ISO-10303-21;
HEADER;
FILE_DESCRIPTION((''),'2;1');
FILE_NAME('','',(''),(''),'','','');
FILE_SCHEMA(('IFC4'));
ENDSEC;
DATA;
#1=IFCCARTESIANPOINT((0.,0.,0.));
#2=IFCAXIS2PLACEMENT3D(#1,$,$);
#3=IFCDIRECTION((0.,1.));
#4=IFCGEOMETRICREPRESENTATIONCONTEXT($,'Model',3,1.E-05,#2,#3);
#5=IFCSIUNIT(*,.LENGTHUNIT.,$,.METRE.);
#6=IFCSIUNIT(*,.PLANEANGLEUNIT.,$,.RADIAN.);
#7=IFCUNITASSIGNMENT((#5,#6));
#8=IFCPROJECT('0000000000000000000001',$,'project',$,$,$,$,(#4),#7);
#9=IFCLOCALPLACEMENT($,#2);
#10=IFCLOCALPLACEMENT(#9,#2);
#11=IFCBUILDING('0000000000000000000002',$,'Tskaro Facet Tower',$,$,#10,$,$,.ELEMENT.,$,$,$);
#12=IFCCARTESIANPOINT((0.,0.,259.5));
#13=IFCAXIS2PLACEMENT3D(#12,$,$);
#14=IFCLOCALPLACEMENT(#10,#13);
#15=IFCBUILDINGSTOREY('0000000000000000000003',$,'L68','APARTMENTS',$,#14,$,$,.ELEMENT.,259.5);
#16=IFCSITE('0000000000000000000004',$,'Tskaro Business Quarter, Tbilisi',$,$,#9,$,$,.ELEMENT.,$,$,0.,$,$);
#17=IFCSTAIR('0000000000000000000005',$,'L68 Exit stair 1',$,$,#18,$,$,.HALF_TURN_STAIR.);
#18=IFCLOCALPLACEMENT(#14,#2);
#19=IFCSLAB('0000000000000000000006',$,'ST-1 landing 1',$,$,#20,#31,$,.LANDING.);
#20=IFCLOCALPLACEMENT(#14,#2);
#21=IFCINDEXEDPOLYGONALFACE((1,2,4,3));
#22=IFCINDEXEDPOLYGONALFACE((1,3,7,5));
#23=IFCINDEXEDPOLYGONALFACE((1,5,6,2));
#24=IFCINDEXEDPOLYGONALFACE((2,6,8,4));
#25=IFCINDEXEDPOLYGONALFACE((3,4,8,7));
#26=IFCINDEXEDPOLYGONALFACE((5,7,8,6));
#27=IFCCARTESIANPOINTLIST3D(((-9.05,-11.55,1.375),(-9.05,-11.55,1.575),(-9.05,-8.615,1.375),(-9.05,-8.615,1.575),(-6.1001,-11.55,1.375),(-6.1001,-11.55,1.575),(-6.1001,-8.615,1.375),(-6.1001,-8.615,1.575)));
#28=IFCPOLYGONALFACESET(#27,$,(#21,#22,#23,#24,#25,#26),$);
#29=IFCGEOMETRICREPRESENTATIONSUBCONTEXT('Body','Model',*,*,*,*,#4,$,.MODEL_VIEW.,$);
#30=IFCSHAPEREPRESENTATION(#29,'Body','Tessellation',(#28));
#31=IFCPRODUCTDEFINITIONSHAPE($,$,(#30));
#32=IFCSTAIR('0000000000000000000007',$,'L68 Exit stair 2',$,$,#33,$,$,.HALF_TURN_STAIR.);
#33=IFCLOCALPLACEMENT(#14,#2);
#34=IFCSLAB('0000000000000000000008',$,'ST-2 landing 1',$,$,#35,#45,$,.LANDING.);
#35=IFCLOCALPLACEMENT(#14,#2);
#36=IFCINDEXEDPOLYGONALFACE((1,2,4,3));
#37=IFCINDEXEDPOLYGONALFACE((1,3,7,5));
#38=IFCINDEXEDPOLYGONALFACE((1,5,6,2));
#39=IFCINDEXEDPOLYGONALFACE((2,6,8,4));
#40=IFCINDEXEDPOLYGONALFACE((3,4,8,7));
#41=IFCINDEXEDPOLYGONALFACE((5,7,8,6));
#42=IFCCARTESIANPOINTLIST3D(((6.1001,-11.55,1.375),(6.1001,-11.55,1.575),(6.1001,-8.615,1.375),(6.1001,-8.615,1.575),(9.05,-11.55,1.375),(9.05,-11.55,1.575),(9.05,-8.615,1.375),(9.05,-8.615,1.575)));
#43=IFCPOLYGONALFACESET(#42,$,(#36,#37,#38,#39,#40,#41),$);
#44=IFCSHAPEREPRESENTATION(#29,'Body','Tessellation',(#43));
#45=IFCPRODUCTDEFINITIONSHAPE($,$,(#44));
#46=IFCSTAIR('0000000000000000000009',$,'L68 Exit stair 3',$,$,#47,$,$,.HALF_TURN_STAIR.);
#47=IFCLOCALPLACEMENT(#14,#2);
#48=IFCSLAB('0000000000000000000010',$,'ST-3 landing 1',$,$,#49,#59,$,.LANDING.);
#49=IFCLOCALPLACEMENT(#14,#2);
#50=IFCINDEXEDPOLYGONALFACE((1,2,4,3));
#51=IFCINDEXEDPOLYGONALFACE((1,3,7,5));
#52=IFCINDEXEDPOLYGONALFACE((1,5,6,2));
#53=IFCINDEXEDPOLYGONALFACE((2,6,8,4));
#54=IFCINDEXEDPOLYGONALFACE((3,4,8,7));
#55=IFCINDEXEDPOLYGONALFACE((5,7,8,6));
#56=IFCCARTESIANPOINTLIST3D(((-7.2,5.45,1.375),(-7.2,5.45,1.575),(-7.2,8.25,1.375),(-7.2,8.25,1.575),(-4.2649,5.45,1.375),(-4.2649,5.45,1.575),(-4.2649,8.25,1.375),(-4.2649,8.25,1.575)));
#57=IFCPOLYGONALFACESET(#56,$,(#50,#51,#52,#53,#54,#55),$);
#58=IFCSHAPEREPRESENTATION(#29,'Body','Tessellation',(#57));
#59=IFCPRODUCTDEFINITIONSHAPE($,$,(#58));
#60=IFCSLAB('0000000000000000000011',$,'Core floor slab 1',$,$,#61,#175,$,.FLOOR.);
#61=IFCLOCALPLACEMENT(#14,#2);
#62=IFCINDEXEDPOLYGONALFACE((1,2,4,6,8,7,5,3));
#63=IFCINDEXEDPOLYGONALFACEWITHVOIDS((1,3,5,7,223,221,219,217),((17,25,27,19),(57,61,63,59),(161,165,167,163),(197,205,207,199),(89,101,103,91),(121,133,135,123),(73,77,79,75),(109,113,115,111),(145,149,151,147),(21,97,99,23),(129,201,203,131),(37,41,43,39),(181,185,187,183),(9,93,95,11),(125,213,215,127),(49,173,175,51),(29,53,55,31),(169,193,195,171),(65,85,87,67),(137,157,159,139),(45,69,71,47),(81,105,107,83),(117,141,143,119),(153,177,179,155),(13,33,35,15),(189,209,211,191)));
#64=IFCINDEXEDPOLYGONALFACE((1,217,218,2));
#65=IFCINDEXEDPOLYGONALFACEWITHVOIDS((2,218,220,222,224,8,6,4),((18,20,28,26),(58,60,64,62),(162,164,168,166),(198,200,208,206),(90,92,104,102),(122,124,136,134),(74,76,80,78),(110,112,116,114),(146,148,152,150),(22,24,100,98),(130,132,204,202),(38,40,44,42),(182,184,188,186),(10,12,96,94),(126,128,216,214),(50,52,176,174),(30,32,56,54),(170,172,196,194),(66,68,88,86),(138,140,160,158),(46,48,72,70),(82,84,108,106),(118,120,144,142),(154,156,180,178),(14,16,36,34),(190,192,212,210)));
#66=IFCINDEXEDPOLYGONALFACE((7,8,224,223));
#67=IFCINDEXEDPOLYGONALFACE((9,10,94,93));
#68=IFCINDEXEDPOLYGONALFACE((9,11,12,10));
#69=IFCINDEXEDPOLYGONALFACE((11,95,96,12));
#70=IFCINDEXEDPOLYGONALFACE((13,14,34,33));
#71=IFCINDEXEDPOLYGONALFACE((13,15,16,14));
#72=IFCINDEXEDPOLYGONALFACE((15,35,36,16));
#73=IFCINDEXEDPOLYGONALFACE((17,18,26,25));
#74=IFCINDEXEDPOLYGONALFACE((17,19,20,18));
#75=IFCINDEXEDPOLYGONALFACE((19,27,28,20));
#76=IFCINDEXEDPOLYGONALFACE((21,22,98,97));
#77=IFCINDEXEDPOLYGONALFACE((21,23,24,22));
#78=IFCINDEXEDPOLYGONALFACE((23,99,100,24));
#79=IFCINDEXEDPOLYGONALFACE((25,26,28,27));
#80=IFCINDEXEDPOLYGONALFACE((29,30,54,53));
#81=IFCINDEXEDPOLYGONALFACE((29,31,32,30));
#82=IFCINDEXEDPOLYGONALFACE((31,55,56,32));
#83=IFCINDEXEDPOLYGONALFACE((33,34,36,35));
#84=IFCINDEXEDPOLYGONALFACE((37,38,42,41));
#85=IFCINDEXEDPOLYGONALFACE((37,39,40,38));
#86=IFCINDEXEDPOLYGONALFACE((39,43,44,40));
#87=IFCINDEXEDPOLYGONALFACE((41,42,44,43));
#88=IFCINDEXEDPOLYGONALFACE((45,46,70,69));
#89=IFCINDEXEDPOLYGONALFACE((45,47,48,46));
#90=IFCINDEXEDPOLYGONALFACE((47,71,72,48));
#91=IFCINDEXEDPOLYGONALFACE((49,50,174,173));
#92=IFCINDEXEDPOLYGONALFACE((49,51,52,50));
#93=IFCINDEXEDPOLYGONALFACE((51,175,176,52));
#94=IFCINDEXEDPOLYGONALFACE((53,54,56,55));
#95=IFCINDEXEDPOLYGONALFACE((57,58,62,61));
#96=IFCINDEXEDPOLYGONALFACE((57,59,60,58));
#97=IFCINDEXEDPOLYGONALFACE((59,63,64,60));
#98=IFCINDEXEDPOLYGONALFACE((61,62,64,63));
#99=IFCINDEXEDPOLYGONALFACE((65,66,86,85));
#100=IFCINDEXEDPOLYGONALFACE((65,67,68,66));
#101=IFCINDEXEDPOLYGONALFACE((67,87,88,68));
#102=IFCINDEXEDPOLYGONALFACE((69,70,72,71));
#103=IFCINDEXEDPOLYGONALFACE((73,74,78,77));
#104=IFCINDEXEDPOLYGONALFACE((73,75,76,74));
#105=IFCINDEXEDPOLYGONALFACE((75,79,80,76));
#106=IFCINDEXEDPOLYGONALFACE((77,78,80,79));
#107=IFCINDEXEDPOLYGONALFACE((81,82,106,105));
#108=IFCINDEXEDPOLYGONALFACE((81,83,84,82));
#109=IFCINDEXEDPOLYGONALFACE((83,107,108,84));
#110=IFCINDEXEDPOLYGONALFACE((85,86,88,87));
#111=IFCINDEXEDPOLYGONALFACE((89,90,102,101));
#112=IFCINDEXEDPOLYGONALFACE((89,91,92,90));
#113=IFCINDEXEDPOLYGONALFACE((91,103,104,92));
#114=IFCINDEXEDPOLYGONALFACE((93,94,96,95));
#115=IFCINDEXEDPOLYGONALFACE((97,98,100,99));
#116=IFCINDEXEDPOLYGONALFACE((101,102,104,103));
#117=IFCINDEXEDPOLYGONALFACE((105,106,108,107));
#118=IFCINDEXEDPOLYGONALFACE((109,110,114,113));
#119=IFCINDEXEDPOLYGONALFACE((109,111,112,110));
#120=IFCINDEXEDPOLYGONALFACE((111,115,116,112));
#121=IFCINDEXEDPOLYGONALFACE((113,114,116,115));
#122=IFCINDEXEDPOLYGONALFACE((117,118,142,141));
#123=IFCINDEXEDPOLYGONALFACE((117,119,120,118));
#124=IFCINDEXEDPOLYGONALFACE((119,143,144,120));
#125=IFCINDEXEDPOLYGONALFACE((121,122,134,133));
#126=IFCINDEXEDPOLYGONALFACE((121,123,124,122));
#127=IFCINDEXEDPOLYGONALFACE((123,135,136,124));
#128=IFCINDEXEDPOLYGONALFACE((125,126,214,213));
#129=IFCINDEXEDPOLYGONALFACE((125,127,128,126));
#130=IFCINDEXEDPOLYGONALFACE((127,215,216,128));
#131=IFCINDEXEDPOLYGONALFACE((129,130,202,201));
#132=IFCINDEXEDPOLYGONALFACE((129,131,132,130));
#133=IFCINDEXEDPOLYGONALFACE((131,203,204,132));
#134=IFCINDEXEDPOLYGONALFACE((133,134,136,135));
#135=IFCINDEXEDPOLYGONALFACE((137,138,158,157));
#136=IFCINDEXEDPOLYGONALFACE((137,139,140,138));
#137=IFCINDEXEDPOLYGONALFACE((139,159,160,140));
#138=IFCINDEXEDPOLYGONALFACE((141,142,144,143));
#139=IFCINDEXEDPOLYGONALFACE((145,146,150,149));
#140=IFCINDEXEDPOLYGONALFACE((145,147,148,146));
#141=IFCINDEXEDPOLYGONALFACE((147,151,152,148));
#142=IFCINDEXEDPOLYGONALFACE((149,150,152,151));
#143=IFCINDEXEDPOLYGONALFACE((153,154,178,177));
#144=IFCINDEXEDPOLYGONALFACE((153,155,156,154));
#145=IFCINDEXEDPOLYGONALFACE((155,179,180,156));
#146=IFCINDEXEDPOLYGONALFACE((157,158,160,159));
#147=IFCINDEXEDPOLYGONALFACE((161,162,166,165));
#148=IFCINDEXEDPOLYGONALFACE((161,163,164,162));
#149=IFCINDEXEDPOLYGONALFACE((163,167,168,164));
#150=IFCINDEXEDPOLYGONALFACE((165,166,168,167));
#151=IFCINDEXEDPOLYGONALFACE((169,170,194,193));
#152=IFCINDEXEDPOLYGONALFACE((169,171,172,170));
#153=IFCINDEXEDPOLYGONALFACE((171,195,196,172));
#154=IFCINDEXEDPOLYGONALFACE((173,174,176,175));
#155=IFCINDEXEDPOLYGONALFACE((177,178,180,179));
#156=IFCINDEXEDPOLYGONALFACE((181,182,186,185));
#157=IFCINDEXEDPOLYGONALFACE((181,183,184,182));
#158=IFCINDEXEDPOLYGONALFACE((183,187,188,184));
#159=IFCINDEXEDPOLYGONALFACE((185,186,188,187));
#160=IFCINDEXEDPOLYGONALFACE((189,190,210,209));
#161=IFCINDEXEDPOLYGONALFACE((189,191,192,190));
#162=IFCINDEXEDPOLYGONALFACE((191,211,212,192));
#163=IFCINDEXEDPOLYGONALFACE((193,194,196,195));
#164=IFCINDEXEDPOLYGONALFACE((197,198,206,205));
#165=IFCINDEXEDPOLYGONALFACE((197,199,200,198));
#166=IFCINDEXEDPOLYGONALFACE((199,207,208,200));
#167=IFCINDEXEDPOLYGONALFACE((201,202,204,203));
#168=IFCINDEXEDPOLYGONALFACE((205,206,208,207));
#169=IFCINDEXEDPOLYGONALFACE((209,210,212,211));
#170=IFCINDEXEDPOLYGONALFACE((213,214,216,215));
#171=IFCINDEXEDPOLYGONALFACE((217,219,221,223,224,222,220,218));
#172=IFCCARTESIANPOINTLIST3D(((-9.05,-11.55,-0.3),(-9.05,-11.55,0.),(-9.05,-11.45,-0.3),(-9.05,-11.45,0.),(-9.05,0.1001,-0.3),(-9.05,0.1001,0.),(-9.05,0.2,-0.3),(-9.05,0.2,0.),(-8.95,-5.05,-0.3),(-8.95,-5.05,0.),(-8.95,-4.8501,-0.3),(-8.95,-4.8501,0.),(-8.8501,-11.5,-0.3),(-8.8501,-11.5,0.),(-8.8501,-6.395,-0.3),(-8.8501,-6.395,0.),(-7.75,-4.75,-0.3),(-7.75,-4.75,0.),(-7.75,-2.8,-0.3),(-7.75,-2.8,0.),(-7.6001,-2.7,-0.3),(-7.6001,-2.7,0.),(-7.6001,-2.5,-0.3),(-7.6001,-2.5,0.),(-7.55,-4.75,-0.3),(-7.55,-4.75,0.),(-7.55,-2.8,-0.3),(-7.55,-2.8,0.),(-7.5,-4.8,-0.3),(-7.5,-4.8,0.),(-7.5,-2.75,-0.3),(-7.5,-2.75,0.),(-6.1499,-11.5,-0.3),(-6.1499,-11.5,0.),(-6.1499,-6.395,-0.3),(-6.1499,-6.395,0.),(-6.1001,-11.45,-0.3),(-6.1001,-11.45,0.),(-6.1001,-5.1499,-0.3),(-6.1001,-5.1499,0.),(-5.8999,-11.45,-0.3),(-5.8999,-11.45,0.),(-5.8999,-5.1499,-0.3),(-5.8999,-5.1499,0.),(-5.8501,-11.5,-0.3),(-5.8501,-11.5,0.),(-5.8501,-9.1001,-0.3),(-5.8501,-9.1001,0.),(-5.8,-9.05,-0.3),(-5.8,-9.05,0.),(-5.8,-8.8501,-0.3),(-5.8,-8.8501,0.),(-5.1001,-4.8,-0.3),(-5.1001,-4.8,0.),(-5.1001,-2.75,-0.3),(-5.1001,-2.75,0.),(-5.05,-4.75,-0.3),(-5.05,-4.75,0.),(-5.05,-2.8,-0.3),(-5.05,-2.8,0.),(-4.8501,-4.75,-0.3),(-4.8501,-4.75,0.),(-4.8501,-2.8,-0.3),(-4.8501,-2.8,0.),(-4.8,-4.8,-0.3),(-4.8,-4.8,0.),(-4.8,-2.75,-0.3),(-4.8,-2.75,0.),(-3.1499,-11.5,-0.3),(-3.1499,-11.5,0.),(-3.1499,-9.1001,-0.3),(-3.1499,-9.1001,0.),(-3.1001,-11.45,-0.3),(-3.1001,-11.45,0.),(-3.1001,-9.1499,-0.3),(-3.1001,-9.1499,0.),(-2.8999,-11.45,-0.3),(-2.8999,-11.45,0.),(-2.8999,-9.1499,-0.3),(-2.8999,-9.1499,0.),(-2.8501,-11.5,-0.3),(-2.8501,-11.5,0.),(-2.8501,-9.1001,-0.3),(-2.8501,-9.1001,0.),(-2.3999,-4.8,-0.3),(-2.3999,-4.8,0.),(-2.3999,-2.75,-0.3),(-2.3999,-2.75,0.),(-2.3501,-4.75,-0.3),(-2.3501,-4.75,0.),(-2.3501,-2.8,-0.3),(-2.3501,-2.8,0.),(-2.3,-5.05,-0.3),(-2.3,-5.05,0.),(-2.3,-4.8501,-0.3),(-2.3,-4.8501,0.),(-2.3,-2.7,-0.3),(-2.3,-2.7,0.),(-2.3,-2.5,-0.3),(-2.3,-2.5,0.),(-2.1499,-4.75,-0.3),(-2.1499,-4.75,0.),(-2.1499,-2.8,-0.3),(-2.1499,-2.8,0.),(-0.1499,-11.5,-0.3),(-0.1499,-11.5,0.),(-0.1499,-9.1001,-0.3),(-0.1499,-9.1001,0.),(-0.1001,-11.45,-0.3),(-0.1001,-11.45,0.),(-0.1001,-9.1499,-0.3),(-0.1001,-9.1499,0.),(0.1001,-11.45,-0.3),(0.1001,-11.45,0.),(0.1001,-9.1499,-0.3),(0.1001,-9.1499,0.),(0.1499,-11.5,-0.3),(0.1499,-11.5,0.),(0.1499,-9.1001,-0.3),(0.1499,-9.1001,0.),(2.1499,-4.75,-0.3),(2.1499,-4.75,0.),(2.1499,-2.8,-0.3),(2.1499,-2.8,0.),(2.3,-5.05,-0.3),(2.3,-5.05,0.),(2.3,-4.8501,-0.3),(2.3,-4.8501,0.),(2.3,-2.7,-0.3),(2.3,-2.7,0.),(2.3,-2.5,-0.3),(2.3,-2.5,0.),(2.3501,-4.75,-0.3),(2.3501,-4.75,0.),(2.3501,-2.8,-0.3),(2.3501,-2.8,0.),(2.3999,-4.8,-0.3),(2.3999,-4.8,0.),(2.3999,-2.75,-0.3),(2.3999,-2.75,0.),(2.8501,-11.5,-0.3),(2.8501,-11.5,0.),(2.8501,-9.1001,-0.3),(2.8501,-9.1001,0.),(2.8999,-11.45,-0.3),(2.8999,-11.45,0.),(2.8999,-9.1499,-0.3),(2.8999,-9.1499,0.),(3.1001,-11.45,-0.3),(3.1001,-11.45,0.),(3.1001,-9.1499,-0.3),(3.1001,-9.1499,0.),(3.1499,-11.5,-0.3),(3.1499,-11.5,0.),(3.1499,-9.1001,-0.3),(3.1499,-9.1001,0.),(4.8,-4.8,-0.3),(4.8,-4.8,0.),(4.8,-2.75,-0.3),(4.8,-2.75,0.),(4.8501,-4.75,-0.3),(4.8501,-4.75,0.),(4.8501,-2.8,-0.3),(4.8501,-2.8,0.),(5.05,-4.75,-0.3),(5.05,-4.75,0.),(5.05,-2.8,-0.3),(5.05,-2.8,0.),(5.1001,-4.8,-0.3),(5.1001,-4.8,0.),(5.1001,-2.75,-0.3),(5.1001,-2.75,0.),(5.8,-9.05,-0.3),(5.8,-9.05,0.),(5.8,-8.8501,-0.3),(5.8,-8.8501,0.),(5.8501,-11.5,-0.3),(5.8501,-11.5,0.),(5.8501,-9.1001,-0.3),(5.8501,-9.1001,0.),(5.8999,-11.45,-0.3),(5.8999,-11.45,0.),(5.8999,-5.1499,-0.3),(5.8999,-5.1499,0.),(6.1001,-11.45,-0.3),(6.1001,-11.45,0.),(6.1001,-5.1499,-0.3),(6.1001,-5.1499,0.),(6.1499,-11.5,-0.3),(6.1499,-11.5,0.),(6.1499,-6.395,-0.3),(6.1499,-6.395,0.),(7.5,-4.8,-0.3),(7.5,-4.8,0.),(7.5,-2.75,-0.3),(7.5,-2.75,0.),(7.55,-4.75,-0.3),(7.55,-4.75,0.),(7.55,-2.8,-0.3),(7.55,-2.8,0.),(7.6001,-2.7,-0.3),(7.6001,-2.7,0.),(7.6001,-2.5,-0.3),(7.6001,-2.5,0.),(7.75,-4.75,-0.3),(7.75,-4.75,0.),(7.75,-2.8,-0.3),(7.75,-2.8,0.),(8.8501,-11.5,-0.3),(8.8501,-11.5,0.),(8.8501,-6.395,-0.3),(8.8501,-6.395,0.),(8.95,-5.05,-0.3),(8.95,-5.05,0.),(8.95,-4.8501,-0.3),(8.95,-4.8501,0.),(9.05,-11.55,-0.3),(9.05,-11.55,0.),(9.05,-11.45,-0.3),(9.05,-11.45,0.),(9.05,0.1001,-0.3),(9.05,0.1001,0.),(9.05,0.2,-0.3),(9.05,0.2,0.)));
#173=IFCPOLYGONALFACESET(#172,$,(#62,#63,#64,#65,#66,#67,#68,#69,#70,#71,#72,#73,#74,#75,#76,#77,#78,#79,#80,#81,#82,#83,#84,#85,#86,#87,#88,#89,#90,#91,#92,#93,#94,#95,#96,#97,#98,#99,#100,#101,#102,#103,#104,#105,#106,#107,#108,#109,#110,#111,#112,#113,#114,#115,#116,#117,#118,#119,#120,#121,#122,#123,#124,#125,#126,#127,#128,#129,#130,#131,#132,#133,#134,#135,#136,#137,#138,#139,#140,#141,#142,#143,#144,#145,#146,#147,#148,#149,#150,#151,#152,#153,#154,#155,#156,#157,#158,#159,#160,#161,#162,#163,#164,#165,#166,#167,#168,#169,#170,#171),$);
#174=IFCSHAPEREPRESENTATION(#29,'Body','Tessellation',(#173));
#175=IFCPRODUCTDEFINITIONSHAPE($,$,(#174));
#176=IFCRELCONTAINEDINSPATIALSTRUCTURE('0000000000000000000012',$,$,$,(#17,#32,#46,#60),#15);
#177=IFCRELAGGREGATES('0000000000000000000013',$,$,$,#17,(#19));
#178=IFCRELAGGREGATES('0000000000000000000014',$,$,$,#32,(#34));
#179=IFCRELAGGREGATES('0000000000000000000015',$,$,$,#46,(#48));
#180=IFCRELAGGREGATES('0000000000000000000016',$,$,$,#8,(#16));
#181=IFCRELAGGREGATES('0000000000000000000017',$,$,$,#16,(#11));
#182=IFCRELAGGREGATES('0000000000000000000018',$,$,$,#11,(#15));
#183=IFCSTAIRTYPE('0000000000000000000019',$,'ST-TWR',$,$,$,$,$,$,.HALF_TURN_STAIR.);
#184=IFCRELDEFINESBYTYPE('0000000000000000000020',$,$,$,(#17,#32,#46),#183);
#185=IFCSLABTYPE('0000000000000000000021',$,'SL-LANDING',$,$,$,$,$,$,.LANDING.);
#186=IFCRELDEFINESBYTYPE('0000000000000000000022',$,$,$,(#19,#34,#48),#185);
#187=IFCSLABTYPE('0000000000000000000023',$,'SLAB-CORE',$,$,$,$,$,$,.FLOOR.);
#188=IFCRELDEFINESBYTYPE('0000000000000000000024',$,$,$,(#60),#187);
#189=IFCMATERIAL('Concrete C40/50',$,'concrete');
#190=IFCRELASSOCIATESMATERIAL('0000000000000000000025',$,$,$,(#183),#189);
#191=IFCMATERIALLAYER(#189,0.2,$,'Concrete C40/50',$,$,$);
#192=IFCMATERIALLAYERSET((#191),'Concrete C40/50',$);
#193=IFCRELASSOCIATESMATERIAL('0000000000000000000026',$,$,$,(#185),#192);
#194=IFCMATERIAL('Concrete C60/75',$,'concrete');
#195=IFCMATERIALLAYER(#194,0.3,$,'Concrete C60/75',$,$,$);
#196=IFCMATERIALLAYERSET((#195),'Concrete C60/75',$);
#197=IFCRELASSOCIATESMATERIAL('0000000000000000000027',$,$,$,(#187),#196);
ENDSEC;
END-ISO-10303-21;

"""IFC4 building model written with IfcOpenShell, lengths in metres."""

from ifc_helpers import new_model, si_unit, direction, frame, origin, place, context, subcontext, project, spatial, polyline, outline, extrude, material, layer, layer_set, type_object, element, aggregate, save


model = new_model("IFC4")

# Units and contexts
model_context = context("Model", 3, precision=1e-05, world=origin(), true_north=direction((0.0, 1.0)))
body_context = subcontext(model_context, "Body", "Model", "MODEL_VIEW")
ifc_project = project(units=[si_unit("LENGTHUNIT", "METRE"), si_unit("PLANEANGLEUNIT", "RADIAN")], contexts=[model_context])

# Site, building, storey
site_placement = place(None, origin())
site = spatial("IfcSite", under=ifc_project, at=site_placement, Name="Tskaro Business Quarter, Tbilisi", CompositionType="ELEMENT", RefElevation=0.0)
building_placement = place(site_placement, origin())
building = spatial("IfcBuilding", under=site, at=building_placement, Name="Tskaro Facet Tower", CompositionType="ELEMENT")
storey_placement = place(building_placement, frame((0.0, 0.0, 259.5)))
storey = spatial("IfcBuildingStorey", under=building, at=storey_placement, Name="L68", Description="APARTMENTS", CompositionType="ELEMENT", Elevation=259.5)

# Stairs, slabs
ifc_material_1 = material(Name="Concrete C40/50", Category="concrete")
stair_type = type_object("IfcStairType", Name="ST-TWR", PredefinedType="HALF_TURN_STAIR", material=ifc_material_1)
stair_1_placement = place(storey_placement, origin())
stair_1 = element("IfcStair", 1, at=stair_1_placement, inside=storey, type_object=stair_type, Name="L68 Exit stair 1", PredefinedType="HALF_TURN_STAIR")
ifc_layer_1 = layer(ifc_material_1, 0.2, Name="Concrete C40/50")
ifc_layer_set_1 = layer_set([ifc_layer_1], Name="Concrete C40/50")
slab_type_1 = type_object("IfcSlabType", Name="SL-LANDING", PredefinedType="LANDING", material=ifc_layer_set_1)
slab_1_placement = place(storey_placement, frame((0.0, 0.0, 1.375)))
slab_1 = element("IfcSlab", 2, at=slab_1_placement, type_object=slab_type_1, Name="ST-1 landing 1", PredefinedType="LANDING", context=body_context, shape_type="SweptSolid", body=[
    extrude(outline(polyline([(-9.05, -11.55), (-6.1001, -11.55), (-6.1001, -8.615), (-9.05, -8.615), (-9.05, -11.55)])), origin(), (0.0, 0.0, 1.0), 0.2),
])
aggregate(stair_1, [slab_1])
stair_2_placement = place(storey_placement, origin())
stair_2 = element("IfcStair", 3, at=stair_2_placement, inside=storey, type_object=stair_type, Name="L68 Exit stair 2", PredefinedType="HALF_TURN_STAIR")
slab_2_placement = place(storey_placement, frame((0.0, 0.0, 1.375)))
slab_2 = element("IfcSlab", 4, at=slab_2_placement, type_object=slab_type_1, Name="ST-2 landing 1", PredefinedType="LANDING", context=body_context, shape_type="SweptSolid", body=[
    extrude(outline(polyline([(6.1001, -11.55), (9.05, -11.55), (9.05, -8.615), (6.1001, -8.615), (6.1001, -11.55)])), origin(), (0.0, 0.0, 1.0), 0.2),
])
aggregate(stair_2, [slab_2])
stair_3_placement = place(storey_placement, origin())
stair_3 = element("IfcStair", 5, at=stair_3_placement, inside=storey, type_object=stair_type, Name="L68 Exit stair 3", PredefinedType="HALF_TURN_STAIR")
slab_3_placement = place(storey_placement, frame((0.0, 0.0, 1.375)))
slab_3 = element("IfcSlab", 6, at=slab_3_placement, type_object=slab_type_1, Name="ST-3 landing 1", PredefinedType="LANDING", context=body_context, shape_type="SweptSolid", body=[
    extrude(outline(polyline([(-7.2, 5.45), (-4.2649, 5.45), (-4.2649, 8.25), (-7.2, 8.25), (-7.2, 5.45)])), origin(), (0.0, 0.0, 1.0), 0.2),
])

# Slab
ifc_material_2 = material(Name="Concrete C60/75", Category="concrete")
ifc_layer_2 = layer(ifc_material_2, 0.3, Name="Concrete C60/75")
ifc_layer_set_2 = layer_set([ifc_layer_2], Name="Concrete C60/75")
slab_type_2 = type_object("IfcSlabType", Name="SLAB-CORE", PredefinedType="FLOOR", material=ifc_layer_set_2)
slab_4_placement = place(storey_placement, frame((0.0, 0.0, -0.3)))
element("IfcSlab", 7, at=slab_4_placement, inside=storey, type_object=slab_type_2, Name="Core floor slab 1", PredefinedType="FLOOR", context=body_context, shape_type="SweptSolid", body=[
    extrude(outline(polyline([(-9.05, 0.2), (9.05, 0.2), (9.05, 0.1001), (9.05, -11.45), (9.05, -11.55), (-9.05, -11.55), (-9.05, -11.45), (-9.05, 0.1001), (-9.05, 0.2)]), holes=[polyline([(-5.8501, -9.1001), (-5.8501, -11.5), (-3.1499, -11.5), (-3.1499, -9.1001), (-5.8501, -9.1001)]), polyline([(-3.1001, -11.45), (-2.8999, -11.45), (-2.8999, -9.1499), (-3.1001, -9.1499), (-3.1001, -11.45)]), polyline([(-2.8501, -9.1001), (-2.8501, -11.5), (-0.1499, -11.5), (-0.1499, -9.1001), (-2.8501, -9.1001)]), polyline([(-6.1001, -11.45), (-5.8999, -11.45), (-5.8999, -5.1499), (-6.1001, -5.1499), (-6.1001, -11.45)]), polyline([(-8.95, -5.05), (-2.3, -5.05), (-2.3, -4.8501), (-8.95, -4.8501), (-8.95, -5.05)]), polyline([(-7.75, -4.75), (-7.55, -4.75), (-7.55, -2.8), (-7.75, -2.8), (-7.75, -4.75)]), polyline([(-5.1001, -2.75), (-7.5, -2.75), (-7.5, -4.8), (-5.1001, -4.8), (-5.1001, -2.75)]), polyline([(-5.05, -4.75), (-4.8501, -4.75), (-4.8501, -2.8), (-5.05, -2.8), (-5.05, -4.75)]), polyline([(-2.3999, -2.75), (-4.8, -2.75), (-4.8, -4.8), (-2.3999, -4.8), (-2.3999, -2.75)]), polyline([(-2.3501, -4.75), (-2.1499, -4.75), (-2.1499, -2.8), (-2.3501, -2.8), (-2.3501, -4.75)]), polyline([(-7.6001, -2.7), (-2.3, -2.7), (-2.3, -2.5), (-7.6001, -2.5), (-7.6001, -2.7)]), polyline([(-0.1001, -11.45), (0.1001, -11.45), (0.1001, -9.1499), (-0.1001, -9.1499), (-0.1001, -11.45)]), polyline([(0.1499, -9.1001), (0.1499, -11.5), (2.8501, -11.5), (2.8501, -9.1001), (0.1499, -9.1001)]), polyline([(2.8999, -11.45), (3.1001, -11.45), (3.1001, -9.1499), (2.8999, -9.1499), (2.8999, -11.45)]), polyline([(3.1499, -9.1001), (3.1499, -11.5), (5.8501, -11.5), (5.8501, -9.1001), (3.1499, -9.1001)]), polyline([(-5.8, -9.05), (5.8, -9.05), (5.8, -8.8501), (-5.8, -8.8501), (-5.8, -9.05)]), polyline([(5.8999, -11.45), (6.1001, -11.45), (6.1001, -5.1499), (5.8999, -5.1499), (5.8999, -11.45)]), polyline([(2.3, -5.05), (8.95, -5.05), (8.95, -4.8501), (2.3, -4.8501), (2.3, -5.05)]), polyline([(2.1499, -4.75), (2.3501, -4.75), (2.3501, -2.8), (2.1499, -2.8), (2.1499, -4.75)]), polyline([(4.8, -2.75), (2.3999, -2.75), (2.3999, -4.8), (4.8, -4.8), (4.8, -2.75)]), polyline([(4.8501, -4.75), (5.05, -4.75), (5.05, -2.8), (4.8501, -2.8), (4.8501, -4.75)]), polyline([(7.5, -2.75), (5.1001, -2.75), (5.1001, -4.8), (7.5, -4.8), (7.5, -2.75)]), polyline([(7.55, -4.75), (7.75, -4.75), (7.75, -2.8), (7.55, -2.8), (7.55, -4.75)]), polyline([(2.3, -2.7), (7.6001, -2.7), (7.6001, -2.5), (2.3, -2.5), (2.3, -2.7)]), polyline([(-8.8501, -11.5), (-6.1499, -11.5), (-6.1499, -6.395), (-8.8501, -6.395), (-8.8501, -11.5)]), polyline([(6.1499, -6.395), (6.1499, -11.5), (8.8501, -11.5), (8.8501, -6.395), (6.1499, -6.395)])]), origin(), (0.0, 0.0, 1.0), 0.3),
])

aggregate(stair_3, [slab_3])

save(model, "model.ifc")
